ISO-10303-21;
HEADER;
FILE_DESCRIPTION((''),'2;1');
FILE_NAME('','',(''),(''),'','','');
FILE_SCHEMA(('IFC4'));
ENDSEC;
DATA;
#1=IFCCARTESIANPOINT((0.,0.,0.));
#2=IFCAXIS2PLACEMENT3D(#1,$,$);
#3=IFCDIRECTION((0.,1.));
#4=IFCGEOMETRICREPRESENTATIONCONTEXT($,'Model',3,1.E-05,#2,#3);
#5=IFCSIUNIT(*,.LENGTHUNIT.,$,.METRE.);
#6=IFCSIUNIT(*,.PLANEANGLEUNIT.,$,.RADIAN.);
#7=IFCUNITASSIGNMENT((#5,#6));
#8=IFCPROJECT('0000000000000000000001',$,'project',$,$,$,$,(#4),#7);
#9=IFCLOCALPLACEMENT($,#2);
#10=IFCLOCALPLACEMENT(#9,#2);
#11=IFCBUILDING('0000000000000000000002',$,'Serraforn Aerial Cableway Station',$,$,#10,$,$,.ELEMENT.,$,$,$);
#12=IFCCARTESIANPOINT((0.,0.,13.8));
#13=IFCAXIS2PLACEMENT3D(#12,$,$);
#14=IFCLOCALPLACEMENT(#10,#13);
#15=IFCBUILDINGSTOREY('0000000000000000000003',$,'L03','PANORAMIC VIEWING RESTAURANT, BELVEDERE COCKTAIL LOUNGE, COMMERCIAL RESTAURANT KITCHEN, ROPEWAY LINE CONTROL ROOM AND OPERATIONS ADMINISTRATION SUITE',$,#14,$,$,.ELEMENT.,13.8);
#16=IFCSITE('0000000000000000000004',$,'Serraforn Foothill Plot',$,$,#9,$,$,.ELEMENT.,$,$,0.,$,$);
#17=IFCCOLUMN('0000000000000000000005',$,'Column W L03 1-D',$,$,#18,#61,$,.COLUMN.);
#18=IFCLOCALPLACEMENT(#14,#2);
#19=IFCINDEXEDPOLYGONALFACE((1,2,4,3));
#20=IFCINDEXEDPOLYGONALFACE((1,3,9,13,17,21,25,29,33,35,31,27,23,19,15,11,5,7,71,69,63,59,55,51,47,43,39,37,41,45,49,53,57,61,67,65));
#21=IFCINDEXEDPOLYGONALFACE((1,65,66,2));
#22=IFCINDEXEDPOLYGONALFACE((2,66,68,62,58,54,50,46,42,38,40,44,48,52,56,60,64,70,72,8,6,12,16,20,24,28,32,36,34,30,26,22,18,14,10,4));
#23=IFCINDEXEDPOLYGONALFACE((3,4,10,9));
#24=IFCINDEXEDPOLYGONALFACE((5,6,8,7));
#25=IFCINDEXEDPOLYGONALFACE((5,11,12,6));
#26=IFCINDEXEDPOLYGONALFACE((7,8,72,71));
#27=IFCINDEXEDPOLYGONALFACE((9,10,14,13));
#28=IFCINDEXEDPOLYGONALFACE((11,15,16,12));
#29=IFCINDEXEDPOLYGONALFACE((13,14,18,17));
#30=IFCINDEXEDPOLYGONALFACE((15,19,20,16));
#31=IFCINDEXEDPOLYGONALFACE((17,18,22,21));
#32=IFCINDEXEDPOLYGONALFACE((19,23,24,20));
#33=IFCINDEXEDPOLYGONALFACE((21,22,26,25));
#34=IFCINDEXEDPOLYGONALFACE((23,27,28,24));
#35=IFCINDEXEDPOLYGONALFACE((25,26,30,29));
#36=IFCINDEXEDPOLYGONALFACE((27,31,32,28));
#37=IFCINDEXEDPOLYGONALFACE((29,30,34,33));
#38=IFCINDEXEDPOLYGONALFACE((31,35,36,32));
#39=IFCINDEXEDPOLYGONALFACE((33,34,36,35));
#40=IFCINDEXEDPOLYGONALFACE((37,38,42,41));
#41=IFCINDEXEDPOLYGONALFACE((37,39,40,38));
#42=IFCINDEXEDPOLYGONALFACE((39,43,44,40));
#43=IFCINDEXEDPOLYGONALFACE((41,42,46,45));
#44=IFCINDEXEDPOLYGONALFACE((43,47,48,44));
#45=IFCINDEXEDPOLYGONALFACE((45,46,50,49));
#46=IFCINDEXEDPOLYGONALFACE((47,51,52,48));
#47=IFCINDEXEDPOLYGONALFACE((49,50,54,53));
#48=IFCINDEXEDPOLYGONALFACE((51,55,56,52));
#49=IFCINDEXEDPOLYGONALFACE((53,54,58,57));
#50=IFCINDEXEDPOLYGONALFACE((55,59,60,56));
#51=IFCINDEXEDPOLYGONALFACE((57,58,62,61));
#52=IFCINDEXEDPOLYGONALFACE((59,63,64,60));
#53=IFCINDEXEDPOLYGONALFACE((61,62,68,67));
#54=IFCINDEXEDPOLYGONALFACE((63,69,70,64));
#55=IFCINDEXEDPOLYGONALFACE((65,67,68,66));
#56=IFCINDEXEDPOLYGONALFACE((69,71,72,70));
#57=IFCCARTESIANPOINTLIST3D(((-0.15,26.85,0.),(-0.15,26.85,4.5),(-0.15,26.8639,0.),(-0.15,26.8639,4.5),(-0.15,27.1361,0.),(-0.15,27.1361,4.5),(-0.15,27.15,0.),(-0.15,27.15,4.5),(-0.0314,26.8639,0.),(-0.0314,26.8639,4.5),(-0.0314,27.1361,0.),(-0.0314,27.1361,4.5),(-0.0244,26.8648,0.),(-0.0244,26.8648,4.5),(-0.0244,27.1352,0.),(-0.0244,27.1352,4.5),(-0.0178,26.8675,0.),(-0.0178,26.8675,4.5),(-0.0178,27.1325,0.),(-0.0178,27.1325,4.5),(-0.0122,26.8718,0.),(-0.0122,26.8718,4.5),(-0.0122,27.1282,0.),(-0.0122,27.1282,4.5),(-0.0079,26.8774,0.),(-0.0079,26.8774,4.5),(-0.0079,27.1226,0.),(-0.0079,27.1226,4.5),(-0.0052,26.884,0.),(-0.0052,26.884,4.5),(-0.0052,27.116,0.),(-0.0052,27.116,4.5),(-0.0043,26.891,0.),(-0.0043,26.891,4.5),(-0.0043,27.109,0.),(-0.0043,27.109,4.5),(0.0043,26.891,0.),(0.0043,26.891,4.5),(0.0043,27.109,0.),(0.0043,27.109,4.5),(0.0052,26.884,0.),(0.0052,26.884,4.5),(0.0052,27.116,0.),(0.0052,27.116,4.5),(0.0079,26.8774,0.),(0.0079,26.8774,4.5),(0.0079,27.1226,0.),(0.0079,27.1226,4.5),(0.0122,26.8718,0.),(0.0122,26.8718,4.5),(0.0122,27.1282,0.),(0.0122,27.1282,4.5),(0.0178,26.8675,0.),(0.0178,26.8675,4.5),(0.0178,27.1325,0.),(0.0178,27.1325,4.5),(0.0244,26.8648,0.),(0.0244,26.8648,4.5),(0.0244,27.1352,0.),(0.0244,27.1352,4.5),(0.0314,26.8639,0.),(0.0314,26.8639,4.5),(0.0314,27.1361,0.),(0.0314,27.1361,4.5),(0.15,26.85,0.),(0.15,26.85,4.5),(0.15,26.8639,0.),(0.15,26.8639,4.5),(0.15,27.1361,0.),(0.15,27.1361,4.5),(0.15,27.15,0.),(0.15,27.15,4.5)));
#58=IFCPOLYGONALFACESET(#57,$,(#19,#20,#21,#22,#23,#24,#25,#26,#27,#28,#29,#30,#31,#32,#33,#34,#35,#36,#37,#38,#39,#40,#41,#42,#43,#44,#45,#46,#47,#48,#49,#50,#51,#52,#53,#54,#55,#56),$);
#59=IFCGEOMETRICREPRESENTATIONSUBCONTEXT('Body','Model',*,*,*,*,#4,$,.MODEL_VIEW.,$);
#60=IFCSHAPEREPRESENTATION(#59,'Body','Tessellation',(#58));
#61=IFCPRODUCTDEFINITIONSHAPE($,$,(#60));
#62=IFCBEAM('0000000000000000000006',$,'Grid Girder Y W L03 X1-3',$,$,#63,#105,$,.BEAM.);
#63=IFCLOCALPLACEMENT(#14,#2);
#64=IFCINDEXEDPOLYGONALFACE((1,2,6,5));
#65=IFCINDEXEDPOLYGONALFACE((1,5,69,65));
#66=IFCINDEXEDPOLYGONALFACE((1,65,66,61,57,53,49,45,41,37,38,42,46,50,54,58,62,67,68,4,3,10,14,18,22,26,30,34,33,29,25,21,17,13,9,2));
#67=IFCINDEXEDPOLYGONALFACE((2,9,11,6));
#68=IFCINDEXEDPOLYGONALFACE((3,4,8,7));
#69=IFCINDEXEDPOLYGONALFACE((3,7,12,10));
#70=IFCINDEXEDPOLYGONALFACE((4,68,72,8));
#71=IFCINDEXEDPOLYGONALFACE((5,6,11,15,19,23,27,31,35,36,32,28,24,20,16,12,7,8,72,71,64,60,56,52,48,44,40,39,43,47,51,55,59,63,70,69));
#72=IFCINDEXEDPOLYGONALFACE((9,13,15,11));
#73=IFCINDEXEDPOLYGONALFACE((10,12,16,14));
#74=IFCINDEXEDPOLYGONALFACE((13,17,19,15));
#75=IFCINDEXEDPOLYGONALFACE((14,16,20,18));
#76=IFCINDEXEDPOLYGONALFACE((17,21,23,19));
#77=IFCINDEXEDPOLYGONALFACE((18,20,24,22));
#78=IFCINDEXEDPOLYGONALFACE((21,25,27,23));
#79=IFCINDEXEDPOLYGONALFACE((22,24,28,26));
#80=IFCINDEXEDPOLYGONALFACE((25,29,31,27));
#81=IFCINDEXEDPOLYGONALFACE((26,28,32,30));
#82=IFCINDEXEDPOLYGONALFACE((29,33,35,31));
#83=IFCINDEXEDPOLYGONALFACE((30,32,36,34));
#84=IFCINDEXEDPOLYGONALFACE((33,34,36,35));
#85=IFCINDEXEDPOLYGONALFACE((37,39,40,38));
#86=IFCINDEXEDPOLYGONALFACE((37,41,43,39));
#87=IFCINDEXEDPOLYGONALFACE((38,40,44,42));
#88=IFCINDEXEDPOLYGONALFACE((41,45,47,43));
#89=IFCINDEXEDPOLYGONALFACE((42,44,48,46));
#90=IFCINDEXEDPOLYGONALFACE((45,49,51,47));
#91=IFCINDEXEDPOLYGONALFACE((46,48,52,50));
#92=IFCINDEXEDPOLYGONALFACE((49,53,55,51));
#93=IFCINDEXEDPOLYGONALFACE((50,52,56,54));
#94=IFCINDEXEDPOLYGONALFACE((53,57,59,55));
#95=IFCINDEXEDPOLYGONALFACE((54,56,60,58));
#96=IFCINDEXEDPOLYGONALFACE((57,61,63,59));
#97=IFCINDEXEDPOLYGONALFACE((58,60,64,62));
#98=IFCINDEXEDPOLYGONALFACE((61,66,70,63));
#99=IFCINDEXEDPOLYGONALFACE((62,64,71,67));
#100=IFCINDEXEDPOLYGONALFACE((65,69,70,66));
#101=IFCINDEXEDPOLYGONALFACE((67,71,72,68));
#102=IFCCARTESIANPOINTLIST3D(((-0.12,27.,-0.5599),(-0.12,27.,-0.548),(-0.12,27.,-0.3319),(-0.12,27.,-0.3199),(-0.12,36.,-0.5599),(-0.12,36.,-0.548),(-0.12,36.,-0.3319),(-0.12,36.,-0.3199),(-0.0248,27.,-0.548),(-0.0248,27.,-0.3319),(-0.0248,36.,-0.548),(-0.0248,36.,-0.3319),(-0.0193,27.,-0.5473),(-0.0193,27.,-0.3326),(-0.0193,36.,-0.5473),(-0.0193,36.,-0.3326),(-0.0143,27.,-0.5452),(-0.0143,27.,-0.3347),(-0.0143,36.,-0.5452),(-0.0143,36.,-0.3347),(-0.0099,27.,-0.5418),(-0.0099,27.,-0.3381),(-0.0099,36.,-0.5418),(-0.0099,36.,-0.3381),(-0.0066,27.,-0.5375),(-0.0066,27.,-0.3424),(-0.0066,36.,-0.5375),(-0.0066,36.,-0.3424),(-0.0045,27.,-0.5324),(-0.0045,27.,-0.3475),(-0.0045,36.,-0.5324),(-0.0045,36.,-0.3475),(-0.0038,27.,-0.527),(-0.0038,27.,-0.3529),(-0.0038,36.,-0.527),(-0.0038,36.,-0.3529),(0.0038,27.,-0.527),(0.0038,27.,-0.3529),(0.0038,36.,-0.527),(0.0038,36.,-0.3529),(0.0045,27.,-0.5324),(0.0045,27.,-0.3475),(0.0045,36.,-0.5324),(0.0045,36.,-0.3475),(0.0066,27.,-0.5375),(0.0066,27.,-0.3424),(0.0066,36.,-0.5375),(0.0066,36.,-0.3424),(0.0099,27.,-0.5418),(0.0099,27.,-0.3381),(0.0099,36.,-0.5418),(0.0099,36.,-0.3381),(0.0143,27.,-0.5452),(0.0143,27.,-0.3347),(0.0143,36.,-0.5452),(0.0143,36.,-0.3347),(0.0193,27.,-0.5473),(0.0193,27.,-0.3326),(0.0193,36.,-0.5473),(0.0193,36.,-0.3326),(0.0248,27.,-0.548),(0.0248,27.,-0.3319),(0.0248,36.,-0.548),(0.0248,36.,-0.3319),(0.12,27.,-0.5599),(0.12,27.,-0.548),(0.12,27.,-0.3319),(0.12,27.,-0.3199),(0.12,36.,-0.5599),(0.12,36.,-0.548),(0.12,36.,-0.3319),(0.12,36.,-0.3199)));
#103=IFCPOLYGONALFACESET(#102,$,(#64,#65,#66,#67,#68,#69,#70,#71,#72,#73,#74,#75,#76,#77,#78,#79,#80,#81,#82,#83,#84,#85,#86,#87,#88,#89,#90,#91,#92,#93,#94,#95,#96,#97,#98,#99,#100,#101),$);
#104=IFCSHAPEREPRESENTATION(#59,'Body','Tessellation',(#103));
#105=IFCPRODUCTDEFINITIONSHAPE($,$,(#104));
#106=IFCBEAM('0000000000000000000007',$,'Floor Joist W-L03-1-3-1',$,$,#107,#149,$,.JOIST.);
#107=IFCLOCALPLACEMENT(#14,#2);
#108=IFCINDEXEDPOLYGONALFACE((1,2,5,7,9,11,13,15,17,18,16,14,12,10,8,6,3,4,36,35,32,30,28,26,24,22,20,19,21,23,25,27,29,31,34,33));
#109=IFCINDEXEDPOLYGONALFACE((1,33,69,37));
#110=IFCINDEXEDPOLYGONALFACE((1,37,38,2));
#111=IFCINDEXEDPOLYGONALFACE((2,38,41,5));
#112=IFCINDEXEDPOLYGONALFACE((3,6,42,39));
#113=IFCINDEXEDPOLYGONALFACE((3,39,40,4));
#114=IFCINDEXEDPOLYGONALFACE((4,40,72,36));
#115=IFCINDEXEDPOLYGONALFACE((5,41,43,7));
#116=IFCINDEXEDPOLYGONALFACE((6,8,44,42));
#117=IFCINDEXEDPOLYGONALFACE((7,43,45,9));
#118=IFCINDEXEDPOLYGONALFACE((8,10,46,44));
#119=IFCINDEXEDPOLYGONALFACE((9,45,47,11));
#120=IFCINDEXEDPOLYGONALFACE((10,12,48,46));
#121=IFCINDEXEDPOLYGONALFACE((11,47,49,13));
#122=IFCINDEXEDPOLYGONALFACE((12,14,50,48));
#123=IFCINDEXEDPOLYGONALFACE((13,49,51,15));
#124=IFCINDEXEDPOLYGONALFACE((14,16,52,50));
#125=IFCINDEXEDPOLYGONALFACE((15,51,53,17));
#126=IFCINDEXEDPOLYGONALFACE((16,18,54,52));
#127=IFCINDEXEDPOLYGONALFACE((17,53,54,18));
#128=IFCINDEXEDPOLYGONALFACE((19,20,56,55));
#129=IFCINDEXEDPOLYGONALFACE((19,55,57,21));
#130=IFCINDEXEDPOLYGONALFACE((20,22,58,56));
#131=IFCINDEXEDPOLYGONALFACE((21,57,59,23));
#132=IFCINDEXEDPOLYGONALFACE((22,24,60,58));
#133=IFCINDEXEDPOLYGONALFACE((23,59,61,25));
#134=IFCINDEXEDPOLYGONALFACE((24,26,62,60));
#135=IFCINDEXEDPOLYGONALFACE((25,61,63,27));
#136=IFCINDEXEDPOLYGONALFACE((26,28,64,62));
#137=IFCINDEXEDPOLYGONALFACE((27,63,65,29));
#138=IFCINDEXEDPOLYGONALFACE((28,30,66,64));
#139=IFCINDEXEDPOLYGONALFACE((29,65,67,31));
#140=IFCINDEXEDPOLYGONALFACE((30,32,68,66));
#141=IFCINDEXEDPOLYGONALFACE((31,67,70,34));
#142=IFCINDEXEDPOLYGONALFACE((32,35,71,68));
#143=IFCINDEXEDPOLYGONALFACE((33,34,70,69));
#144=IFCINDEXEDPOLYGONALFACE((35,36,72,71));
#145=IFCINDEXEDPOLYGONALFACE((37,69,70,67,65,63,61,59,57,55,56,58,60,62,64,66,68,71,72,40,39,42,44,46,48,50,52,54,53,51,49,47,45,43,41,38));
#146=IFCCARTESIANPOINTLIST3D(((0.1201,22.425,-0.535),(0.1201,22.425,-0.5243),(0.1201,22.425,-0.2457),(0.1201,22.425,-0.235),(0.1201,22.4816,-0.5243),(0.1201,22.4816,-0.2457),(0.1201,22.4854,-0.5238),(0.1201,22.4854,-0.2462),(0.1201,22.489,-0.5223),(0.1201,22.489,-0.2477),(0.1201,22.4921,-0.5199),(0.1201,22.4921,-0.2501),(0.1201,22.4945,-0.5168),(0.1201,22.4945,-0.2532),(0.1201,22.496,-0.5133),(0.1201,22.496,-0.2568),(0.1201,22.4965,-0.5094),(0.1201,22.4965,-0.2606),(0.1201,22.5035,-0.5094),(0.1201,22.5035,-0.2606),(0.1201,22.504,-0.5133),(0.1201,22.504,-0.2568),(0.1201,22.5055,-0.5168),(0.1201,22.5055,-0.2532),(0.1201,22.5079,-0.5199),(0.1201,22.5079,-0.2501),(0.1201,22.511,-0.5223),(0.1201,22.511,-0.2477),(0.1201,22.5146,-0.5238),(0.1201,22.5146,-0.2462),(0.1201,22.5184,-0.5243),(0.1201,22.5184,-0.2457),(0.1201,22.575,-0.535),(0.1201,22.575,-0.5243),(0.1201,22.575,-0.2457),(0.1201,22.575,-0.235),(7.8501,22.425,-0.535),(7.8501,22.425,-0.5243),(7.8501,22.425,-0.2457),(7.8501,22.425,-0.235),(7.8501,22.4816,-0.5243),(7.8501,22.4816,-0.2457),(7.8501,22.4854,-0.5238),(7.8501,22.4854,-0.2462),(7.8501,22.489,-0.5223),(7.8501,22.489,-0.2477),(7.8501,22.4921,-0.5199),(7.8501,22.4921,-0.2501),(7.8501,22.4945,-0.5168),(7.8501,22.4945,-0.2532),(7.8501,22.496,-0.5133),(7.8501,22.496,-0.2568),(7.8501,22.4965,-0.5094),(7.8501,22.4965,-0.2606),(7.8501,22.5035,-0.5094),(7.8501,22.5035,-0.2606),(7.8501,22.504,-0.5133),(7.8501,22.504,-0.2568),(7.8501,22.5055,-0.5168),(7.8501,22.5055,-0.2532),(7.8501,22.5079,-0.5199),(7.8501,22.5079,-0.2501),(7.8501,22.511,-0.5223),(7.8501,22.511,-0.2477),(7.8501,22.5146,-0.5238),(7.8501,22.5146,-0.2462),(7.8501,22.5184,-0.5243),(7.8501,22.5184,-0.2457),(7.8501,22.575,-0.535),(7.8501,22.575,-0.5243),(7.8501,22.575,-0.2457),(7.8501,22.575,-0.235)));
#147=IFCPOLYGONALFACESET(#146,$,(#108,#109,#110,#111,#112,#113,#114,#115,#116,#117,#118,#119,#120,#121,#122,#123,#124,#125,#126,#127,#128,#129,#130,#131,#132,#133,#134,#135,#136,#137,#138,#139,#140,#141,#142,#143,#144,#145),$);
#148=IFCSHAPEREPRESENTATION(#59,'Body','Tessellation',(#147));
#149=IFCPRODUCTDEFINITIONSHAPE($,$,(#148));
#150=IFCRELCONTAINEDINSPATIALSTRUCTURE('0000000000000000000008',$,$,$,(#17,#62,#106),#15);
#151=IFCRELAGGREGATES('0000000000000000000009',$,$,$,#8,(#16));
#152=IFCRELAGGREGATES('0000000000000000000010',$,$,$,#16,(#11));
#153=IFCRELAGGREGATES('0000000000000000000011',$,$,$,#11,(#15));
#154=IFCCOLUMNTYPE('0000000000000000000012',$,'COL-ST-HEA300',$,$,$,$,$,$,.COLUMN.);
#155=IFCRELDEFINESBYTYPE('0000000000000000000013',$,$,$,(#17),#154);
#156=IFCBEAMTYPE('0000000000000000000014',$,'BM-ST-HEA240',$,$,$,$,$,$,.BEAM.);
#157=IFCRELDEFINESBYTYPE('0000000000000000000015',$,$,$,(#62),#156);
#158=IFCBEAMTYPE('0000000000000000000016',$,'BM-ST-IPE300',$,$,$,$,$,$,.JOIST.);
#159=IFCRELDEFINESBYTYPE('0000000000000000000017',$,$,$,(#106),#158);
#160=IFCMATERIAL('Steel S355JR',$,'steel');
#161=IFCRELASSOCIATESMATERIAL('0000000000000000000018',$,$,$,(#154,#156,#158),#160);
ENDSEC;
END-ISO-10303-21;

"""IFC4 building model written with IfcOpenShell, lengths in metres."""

from ifc_helpers import new_model, si_unit, direction, frame, origin, origin_2d, place, context, subcontext, project, spatial, i_section, extrude, material, material_profile, profile_set, type_object, element, save


model = new_model("IFC4")

# Units and contexts
model_context = context("Model", 3, precision=1e-05, world=origin(), true_north=direction((0.0, 1.0)))
body_context = subcontext(model_context, "Body", "Model", "MODEL_VIEW")
ifc_project = project(units=[si_unit("LENGTHUNIT", "METRE"), si_unit("PLANEANGLEUNIT", "RADIAN")], contexts=[model_context])

# Site, building, storey
site_placement = place(None, origin())
site = spatial("IfcSite", under=ifc_project, at=site_placement, Name="Serraforn Foothill Plot", CompositionType="ELEMENT", RefElevation=0.0)
building_placement = place(site_placement, origin())
building = spatial("IfcBuilding", under=site, at=building_placement, Name="Serraforn Aerial Cableway Station", CompositionType="ELEMENT")
storey_placement = place(building_placement, frame((0.0, 0.0, 13.8)))
storey = spatial("IfcBuildingStorey", under=building, at=storey_placement, Name="L03", Description="PANORAMIC VIEWING RESTAURANT, BELVEDERE COCKTAIL LOUNGE, COMMERCIAL RESTAURANT KITCHEN, ROPEWAY LINE CONTROL ROOM AND OPERATIONS ADMINISTRATION SUITE", CompositionType="ELEMENT", Elevation=13.8)

# Column
ifc_material_1 = material(Name="Steel S355JR", Category="steel")
ifc_material_profile_1 = material_profile(ifc_material_1, i_section(OverallWidth=0.3, OverallDepth=0.3, WebThickness=0.0085, FlangeThickness=0.0139, FilletRadius=0.0271, at=origin_2d()), Name="HEA 300")
ifc_profile_set_1 = profile_set([ifc_material_profile_1], Name="Steel S355JR")
column_type = type_object("IfcColumnType", Name="COL-ST-HEA300", PredefinedType="COLUMN", material=ifc_profile_set_1)
column_placement = place(storey_placement, frame((0.0, 27.0, 0.0), z_axis=(0.0, 0.0, 1.0), x_axis=(1.0, 0.0, 0.0)))
element("IfcColumn", 1, at=column_placement, inside=storey, type_object=column_type, Name="Column W L03 1-D", PredefinedType="COLUMN", context=body_context, shape_type="SweptSolid", body=[
    extrude(i_section(OverallWidth=0.3, OverallDepth=0.3, WebThickness=0.0085, FlangeThickness=0.0139, FilletRadius=0.0271, at=origin_2d()), origin(), (0.0, 0.0, 1.0), 4.5),
])

# Beams
ifc_material_profile_2 = material_profile(ifc_material_1, i_section(OverallWidth=0.24, OverallDepth=0.24, WebThickness=0.0076, FlangeThickness=0.012, FilletRadius=0.021, at=origin_2d()), Name="HEA 240")
ifc_profile_set_2 = profile_set([ifc_material_profile_2], Name="Steel S355JR")
beam_type_1 = type_object("IfcBeamType", Name="BM-ST-HEA240", PredefinedType="BEAM", material=ifc_profile_set_2)
beam_1_placement = place(storey_placement, frame((0.0, 27.0, -0.4399), z_axis=(0.0, 1.0, 0.0), x_axis=(-1.0, 0.0, 0.0)))
element("IfcBeam", 2, at=beam_1_placement, inside=storey, type_object=beam_type_1, Name="Grid Girder Y W L03 X1-3", PredefinedType="BEAM", context=body_context, shape_type="SweptSolid", body=[
    extrude(i_section(OverallWidth=0.24, OverallDepth=0.24, WebThickness=0.0076, FlangeThickness=0.012, FilletRadius=0.021, at=origin_2d()), origin(), (0.0, 0.0, 1.0), 9.0),
])
ifc_material_profile_3 = material_profile(ifc_material_1, i_section(OverallWidth=0.1499, OverallDepth=0.3, WebThickness=0.0071, FlangeThickness=0.0107, FilletRadius=0.0149, at=origin_2d()), Name="IPE 300")
ifc_profile_set_3 = profile_set([ifc_material_profile_3], Name="Steel S355JR")
beam_type_2 = type_object("IfcBeamType", Name="BM-ST-IPE300", PredefinedType="JOIST", material=ifc_profile_set_3)
beam_2_placement = place(storey_placement, frame((0.1201, 22.5, -0.385), z_axis=(1.0, 0.0, 0.0), x_axis=(0.0, 1.0, 0.0)))
element("IfcBeam", 3, at=beam_2_placement, inside=storey, type_object=beam_type_2, Name="Floor Joist W-L03-1-3-1", PredefinedType="JOIST", context=body_context, shape_type="SweptSolid", body=[
    extrude(i_section(OverallWidth=0.1499, OverallDepth=0.3, WebThickness=0.0071, FlangeThickness=0.0107, FilletRadius=0.0149, at=origin_2d()), origin(), (0.0, 0.0, 1.0), 7.73),
])

save(model, "model.ifc")
